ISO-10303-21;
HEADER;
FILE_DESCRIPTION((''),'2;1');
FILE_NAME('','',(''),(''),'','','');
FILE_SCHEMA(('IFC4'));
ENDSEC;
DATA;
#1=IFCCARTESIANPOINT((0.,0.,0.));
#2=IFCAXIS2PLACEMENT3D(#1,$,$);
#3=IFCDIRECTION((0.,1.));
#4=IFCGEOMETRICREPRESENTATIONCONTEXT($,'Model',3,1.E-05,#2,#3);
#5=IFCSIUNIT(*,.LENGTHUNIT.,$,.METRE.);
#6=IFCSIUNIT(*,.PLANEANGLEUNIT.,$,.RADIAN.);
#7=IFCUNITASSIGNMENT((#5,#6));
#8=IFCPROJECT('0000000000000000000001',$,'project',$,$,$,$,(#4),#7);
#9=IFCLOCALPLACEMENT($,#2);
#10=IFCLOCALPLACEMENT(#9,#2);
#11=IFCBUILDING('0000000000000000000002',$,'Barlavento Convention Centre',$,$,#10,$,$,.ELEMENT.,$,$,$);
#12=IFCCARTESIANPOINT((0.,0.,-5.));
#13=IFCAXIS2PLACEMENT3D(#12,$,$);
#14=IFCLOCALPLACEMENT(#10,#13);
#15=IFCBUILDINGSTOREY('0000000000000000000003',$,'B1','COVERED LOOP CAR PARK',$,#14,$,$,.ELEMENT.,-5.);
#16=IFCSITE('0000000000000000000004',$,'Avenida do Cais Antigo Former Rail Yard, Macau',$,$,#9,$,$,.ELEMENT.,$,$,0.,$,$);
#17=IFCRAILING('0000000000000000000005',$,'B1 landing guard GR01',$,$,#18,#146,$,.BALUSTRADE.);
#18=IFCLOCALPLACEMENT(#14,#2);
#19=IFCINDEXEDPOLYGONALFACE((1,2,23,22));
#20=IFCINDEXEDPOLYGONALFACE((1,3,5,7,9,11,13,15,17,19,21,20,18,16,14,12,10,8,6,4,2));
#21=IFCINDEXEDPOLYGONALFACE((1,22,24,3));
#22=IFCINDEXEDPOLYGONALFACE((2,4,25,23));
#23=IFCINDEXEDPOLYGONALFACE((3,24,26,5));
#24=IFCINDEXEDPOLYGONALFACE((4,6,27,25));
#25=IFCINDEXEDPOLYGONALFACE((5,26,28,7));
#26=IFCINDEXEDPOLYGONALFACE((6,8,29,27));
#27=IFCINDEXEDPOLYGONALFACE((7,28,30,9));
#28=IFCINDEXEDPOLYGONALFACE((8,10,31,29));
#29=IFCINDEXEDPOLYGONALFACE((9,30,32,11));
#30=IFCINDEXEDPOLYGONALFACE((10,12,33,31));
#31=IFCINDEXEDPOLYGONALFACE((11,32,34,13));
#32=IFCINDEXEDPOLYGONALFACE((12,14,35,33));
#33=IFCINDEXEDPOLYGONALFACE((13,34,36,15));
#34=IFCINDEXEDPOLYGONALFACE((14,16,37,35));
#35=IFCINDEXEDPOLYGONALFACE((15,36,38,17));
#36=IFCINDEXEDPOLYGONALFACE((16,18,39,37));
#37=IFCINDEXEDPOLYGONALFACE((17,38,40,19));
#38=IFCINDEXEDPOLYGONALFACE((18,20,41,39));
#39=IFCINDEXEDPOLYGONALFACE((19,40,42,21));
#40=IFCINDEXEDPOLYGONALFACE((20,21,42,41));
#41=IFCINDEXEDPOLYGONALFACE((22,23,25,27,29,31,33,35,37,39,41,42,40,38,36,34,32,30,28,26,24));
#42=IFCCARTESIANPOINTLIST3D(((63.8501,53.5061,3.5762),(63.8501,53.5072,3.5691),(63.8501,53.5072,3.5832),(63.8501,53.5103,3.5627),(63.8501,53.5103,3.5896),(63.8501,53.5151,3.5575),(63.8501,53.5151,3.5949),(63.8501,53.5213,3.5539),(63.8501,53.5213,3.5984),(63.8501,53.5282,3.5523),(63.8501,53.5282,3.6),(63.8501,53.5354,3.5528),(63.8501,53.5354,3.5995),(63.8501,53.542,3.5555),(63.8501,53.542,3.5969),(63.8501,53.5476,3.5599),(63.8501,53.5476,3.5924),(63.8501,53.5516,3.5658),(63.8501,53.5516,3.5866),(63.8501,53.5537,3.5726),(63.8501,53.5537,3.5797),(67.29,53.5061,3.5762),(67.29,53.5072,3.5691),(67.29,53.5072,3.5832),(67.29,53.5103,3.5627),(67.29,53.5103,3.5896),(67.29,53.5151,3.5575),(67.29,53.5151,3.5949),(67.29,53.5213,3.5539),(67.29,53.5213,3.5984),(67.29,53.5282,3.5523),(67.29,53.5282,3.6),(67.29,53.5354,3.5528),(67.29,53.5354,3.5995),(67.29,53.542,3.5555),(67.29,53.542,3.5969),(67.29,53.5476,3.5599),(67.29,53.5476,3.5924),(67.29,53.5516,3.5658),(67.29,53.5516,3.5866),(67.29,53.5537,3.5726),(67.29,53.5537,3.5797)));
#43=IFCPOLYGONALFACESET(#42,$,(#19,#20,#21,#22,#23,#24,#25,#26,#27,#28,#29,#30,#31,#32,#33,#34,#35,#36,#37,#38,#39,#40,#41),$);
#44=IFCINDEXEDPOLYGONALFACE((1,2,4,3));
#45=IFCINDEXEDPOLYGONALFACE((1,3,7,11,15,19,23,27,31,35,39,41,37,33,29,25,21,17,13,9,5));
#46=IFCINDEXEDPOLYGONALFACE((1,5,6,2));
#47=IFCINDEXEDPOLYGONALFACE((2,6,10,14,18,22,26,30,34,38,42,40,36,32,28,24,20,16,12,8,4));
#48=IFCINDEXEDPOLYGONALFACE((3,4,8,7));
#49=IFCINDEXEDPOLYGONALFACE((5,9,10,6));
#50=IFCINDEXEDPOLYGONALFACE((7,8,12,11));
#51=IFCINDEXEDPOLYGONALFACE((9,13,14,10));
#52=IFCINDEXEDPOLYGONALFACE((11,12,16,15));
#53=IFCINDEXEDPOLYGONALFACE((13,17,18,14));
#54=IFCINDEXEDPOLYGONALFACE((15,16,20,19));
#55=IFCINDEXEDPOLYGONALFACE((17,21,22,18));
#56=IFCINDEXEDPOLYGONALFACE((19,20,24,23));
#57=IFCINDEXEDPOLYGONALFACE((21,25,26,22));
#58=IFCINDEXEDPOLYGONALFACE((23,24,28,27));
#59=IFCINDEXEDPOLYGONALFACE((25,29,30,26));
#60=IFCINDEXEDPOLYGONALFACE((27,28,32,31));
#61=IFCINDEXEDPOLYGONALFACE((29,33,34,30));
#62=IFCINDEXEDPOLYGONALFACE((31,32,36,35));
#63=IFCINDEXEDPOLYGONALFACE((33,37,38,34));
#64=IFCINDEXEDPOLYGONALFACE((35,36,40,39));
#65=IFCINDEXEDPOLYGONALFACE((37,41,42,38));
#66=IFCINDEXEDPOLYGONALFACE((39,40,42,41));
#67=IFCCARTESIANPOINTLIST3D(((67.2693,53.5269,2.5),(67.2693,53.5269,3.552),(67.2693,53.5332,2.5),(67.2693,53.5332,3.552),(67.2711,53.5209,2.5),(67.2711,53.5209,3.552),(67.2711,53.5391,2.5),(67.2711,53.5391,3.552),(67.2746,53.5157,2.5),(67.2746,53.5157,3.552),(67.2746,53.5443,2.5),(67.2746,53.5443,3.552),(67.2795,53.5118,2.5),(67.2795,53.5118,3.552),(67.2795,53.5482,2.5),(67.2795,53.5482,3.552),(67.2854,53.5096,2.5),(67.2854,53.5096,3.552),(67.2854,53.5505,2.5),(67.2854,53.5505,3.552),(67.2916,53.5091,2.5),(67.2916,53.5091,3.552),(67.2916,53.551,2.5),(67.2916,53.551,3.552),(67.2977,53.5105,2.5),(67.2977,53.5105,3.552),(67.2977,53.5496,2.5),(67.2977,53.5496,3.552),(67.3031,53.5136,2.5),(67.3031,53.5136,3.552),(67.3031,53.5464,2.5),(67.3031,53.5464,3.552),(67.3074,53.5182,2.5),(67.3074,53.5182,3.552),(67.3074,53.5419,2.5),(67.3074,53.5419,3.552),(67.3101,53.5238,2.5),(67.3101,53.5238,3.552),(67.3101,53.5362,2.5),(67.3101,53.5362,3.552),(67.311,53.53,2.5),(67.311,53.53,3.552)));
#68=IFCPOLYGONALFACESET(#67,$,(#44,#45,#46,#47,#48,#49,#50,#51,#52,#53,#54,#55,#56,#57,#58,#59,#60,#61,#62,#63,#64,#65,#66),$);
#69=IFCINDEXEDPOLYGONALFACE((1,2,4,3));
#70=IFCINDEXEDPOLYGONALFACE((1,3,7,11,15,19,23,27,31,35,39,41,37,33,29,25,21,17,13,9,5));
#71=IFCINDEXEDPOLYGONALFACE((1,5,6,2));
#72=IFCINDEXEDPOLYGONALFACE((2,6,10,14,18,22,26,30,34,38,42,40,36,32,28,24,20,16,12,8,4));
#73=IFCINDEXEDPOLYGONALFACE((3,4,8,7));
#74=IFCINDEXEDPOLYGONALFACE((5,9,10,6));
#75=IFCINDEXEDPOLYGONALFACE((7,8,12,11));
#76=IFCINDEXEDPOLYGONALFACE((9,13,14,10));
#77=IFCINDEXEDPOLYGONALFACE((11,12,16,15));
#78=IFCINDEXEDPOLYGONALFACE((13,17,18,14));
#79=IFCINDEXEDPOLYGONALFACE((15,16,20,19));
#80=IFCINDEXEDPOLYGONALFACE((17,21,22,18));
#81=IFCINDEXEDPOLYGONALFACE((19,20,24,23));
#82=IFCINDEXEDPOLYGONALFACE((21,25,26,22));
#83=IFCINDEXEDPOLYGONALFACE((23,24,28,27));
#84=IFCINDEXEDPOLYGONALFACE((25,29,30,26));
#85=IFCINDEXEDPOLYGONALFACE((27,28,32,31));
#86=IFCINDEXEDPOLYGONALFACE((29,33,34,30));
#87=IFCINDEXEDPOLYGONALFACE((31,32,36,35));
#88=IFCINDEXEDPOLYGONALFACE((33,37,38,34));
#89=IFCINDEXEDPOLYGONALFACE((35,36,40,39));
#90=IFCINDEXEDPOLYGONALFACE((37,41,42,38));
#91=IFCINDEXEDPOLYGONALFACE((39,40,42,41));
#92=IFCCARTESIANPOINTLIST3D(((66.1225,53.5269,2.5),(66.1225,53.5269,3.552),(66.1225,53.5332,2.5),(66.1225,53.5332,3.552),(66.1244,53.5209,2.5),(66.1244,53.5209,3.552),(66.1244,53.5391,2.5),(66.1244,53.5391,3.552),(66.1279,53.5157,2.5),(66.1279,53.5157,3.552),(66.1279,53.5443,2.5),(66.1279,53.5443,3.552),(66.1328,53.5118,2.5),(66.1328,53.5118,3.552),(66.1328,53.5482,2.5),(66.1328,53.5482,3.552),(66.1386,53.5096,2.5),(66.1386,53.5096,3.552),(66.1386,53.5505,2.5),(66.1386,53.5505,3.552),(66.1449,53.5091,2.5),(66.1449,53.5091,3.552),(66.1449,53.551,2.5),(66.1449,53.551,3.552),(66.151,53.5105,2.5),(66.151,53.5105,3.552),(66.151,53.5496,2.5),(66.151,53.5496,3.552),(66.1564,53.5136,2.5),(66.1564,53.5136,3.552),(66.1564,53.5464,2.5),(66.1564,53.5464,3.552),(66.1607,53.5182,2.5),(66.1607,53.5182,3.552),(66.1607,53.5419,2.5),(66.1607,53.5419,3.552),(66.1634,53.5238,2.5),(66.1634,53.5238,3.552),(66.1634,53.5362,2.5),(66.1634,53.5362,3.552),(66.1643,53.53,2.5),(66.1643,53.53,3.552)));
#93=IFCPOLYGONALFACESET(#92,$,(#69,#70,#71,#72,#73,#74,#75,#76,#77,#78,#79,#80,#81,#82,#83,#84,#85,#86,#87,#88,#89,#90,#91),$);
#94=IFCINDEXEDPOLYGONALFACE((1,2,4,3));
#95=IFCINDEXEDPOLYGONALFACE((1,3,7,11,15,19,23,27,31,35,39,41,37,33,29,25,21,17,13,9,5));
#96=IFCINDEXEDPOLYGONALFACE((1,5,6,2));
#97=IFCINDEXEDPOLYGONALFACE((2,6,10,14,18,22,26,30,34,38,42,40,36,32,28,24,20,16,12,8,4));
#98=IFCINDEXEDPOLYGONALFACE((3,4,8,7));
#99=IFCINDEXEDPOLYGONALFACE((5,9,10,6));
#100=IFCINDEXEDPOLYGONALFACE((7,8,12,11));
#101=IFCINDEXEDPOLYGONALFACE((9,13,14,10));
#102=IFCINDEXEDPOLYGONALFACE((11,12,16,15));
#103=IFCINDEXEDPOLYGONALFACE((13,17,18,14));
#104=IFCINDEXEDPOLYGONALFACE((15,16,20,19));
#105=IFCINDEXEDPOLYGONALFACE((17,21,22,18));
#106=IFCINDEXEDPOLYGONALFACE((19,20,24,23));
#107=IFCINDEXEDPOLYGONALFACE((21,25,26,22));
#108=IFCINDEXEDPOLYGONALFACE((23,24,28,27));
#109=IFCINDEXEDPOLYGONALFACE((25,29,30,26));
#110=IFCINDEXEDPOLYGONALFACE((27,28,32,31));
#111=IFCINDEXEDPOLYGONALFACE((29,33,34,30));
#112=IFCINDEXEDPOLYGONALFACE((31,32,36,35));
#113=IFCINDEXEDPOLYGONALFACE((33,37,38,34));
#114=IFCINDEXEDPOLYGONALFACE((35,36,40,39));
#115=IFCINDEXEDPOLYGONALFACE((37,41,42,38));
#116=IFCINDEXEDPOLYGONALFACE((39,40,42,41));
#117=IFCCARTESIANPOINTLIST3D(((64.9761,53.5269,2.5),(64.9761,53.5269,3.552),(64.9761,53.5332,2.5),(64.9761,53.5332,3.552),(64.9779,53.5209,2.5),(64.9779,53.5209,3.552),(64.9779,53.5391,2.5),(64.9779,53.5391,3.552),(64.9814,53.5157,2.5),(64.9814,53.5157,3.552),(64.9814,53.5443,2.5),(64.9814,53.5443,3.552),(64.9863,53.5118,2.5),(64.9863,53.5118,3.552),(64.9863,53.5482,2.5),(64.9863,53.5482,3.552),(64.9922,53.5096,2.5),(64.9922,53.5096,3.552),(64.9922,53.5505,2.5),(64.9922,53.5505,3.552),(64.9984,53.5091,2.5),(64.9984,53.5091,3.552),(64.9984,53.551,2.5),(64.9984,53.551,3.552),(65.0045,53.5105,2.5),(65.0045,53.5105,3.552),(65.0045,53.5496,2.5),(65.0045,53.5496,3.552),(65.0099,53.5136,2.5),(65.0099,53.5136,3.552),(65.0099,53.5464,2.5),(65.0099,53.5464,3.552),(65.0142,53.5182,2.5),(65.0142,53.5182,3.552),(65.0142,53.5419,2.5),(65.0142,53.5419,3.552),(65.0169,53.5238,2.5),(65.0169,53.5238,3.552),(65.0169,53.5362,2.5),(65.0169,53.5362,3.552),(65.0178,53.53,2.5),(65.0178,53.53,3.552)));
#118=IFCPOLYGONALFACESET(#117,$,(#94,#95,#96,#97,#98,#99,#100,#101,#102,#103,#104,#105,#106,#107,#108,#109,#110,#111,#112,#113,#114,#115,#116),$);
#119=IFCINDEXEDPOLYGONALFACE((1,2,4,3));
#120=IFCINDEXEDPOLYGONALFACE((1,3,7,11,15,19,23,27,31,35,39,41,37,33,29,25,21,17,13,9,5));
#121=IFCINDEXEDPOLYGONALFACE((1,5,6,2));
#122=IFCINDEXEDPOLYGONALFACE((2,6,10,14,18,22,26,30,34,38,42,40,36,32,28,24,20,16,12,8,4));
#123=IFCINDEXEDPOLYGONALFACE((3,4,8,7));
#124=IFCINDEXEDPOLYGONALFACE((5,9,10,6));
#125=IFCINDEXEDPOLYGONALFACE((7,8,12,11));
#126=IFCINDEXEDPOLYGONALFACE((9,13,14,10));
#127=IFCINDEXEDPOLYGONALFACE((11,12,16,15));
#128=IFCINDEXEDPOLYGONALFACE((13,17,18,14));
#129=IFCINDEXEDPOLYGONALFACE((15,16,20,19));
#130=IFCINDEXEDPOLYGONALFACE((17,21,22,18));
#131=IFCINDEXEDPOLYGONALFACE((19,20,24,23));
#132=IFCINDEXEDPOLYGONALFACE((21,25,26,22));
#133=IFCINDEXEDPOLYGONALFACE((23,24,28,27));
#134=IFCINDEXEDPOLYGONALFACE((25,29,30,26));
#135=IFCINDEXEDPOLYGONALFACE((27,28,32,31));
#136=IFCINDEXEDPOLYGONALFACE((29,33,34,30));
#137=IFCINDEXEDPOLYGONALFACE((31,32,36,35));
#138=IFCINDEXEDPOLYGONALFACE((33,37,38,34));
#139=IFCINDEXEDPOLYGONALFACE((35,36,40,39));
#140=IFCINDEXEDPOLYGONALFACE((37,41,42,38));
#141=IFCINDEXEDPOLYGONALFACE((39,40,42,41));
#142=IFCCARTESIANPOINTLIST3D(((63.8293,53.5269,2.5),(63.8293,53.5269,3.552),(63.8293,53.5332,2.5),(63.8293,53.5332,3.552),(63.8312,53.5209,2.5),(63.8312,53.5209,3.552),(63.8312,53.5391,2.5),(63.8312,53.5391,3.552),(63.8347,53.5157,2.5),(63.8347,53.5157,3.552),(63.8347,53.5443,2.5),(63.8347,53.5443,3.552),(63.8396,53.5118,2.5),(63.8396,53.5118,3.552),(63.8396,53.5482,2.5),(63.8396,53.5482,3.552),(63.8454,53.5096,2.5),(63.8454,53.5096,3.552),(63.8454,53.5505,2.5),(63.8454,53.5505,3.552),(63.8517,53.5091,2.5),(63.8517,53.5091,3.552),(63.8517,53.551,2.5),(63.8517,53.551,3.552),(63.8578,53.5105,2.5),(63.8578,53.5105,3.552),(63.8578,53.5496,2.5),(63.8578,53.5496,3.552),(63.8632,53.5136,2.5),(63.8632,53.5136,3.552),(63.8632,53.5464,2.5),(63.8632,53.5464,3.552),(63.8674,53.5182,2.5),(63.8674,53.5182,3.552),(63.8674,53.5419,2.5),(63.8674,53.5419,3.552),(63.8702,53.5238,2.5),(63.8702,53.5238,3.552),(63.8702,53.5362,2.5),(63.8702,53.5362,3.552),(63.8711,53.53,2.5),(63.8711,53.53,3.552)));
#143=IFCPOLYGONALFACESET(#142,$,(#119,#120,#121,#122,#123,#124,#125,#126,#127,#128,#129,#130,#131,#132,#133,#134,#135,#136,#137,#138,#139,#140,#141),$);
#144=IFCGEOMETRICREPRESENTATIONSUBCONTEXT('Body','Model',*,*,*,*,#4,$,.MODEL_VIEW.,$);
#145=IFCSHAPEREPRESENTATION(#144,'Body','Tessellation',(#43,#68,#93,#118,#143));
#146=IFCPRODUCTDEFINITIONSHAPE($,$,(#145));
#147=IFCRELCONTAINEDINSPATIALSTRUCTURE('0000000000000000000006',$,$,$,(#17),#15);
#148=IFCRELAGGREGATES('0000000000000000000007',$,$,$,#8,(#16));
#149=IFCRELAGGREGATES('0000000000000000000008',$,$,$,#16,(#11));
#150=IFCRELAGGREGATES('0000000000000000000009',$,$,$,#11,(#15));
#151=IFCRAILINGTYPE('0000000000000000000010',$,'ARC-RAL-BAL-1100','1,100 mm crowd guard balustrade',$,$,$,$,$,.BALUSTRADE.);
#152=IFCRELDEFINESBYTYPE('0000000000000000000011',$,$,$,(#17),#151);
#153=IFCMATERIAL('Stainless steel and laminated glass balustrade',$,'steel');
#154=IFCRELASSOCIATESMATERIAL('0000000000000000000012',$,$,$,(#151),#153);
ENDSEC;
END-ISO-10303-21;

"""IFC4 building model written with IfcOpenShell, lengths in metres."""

from ifc_helpers import new_model, si_unit, direction, frame, origin, origin_2d, place, context, subcontext, project, spatial, circle, extrude, material, type_object, element, save


model = new_model("IFC4")

# Units and contexts
model_context = context("Model", 3, precision=1e-05, world=origin(), true_north=direction((0.0, 1.0)))
body_context = subcontext(model_context, "Body", "Model", "MODEL_VIEW")
ifc_project = project(units=[si_unit("LENGTHUNIT", "METRE"), si_unit("PLANEANGLEUNIT", "RADIAN")], contexts=[model_context])

# Site, building, storey
site_placement = place(None, origin())
site = spatial("IfcSite", under=ifc_project, at=site_placement, Name="Avenida do Cais Antigo Former Rail Yard, Macau", CompositionType="ELEMENT", RefElevation=0.0)
building_placement = place(site_placement, origin())
building = spatial("IfcBuilding", under=site, at=building_placement, Name="Barlavento Convention Centre", CompositionType="ELEMENT")
storey_placement = place(building_placement, frame((0.0, 0.0, -5.0)))
storey = spatial("IfcBuildingStorey", under=building, at=storey_placement, Name="B1", Description="COVERED LOOP CAR PARK", CompositionType="ELEMENT", Elevation=-5.0)

# Railing
ifc_material_1 = material(Name="Stainless steel and laminated glass balustrade", Category="steel")
railing_type = type_object("IfcRailingType", Name="ARC-RAL-BAL-1100", Description="1,100 mm crowd guard balustrade", PredefinedType="BALUSTRADE", material=ifc_material_1)
railing_placement = place(storey_placement, frame((67.29, 53.53, 2.5)))
element("IfcRailing", 1, at=railing_placement, inside=storey, type_object=railing_type, Name="B1 landing guard GR01", PredefinedType="BALUSTRADE", context=body_context, shape_type="SweptSolid", body=[
    extrude(circle(Radius=0.0239, at=origin_2d()), frame((0.0, 0.0, 1.0762), z_axis=(-1.0, 0.0, 0.0), x_axis=(0.0, -1.0, 0.0)), (0.0, 0.0, 1.0), 3.4399),
    extrude(circle(Radius=0.021, at=origin_2d()), origin(), (0.0, 0.0, 1.0), 1.052),
    extrude(circle(Radius=0.021, at=origin_2d()), frame((-1.1467, 0.0, 0.0)), (0.0, 0.0, 1.0), 1.052),
    extrude(circle(Radius=0.021, at=origin_2d()), frame((-2.2932, 0.0, 0.0)), (0.0, 0.0, 1.0), 1.052),
    extrude(circle(Radius=0.021, at=origin_2d()), frame((-3.4399, 0.0, 0.0)), (0.0, 0.0, 1.0), 1.052),
])

save(model, "model.ifc")
